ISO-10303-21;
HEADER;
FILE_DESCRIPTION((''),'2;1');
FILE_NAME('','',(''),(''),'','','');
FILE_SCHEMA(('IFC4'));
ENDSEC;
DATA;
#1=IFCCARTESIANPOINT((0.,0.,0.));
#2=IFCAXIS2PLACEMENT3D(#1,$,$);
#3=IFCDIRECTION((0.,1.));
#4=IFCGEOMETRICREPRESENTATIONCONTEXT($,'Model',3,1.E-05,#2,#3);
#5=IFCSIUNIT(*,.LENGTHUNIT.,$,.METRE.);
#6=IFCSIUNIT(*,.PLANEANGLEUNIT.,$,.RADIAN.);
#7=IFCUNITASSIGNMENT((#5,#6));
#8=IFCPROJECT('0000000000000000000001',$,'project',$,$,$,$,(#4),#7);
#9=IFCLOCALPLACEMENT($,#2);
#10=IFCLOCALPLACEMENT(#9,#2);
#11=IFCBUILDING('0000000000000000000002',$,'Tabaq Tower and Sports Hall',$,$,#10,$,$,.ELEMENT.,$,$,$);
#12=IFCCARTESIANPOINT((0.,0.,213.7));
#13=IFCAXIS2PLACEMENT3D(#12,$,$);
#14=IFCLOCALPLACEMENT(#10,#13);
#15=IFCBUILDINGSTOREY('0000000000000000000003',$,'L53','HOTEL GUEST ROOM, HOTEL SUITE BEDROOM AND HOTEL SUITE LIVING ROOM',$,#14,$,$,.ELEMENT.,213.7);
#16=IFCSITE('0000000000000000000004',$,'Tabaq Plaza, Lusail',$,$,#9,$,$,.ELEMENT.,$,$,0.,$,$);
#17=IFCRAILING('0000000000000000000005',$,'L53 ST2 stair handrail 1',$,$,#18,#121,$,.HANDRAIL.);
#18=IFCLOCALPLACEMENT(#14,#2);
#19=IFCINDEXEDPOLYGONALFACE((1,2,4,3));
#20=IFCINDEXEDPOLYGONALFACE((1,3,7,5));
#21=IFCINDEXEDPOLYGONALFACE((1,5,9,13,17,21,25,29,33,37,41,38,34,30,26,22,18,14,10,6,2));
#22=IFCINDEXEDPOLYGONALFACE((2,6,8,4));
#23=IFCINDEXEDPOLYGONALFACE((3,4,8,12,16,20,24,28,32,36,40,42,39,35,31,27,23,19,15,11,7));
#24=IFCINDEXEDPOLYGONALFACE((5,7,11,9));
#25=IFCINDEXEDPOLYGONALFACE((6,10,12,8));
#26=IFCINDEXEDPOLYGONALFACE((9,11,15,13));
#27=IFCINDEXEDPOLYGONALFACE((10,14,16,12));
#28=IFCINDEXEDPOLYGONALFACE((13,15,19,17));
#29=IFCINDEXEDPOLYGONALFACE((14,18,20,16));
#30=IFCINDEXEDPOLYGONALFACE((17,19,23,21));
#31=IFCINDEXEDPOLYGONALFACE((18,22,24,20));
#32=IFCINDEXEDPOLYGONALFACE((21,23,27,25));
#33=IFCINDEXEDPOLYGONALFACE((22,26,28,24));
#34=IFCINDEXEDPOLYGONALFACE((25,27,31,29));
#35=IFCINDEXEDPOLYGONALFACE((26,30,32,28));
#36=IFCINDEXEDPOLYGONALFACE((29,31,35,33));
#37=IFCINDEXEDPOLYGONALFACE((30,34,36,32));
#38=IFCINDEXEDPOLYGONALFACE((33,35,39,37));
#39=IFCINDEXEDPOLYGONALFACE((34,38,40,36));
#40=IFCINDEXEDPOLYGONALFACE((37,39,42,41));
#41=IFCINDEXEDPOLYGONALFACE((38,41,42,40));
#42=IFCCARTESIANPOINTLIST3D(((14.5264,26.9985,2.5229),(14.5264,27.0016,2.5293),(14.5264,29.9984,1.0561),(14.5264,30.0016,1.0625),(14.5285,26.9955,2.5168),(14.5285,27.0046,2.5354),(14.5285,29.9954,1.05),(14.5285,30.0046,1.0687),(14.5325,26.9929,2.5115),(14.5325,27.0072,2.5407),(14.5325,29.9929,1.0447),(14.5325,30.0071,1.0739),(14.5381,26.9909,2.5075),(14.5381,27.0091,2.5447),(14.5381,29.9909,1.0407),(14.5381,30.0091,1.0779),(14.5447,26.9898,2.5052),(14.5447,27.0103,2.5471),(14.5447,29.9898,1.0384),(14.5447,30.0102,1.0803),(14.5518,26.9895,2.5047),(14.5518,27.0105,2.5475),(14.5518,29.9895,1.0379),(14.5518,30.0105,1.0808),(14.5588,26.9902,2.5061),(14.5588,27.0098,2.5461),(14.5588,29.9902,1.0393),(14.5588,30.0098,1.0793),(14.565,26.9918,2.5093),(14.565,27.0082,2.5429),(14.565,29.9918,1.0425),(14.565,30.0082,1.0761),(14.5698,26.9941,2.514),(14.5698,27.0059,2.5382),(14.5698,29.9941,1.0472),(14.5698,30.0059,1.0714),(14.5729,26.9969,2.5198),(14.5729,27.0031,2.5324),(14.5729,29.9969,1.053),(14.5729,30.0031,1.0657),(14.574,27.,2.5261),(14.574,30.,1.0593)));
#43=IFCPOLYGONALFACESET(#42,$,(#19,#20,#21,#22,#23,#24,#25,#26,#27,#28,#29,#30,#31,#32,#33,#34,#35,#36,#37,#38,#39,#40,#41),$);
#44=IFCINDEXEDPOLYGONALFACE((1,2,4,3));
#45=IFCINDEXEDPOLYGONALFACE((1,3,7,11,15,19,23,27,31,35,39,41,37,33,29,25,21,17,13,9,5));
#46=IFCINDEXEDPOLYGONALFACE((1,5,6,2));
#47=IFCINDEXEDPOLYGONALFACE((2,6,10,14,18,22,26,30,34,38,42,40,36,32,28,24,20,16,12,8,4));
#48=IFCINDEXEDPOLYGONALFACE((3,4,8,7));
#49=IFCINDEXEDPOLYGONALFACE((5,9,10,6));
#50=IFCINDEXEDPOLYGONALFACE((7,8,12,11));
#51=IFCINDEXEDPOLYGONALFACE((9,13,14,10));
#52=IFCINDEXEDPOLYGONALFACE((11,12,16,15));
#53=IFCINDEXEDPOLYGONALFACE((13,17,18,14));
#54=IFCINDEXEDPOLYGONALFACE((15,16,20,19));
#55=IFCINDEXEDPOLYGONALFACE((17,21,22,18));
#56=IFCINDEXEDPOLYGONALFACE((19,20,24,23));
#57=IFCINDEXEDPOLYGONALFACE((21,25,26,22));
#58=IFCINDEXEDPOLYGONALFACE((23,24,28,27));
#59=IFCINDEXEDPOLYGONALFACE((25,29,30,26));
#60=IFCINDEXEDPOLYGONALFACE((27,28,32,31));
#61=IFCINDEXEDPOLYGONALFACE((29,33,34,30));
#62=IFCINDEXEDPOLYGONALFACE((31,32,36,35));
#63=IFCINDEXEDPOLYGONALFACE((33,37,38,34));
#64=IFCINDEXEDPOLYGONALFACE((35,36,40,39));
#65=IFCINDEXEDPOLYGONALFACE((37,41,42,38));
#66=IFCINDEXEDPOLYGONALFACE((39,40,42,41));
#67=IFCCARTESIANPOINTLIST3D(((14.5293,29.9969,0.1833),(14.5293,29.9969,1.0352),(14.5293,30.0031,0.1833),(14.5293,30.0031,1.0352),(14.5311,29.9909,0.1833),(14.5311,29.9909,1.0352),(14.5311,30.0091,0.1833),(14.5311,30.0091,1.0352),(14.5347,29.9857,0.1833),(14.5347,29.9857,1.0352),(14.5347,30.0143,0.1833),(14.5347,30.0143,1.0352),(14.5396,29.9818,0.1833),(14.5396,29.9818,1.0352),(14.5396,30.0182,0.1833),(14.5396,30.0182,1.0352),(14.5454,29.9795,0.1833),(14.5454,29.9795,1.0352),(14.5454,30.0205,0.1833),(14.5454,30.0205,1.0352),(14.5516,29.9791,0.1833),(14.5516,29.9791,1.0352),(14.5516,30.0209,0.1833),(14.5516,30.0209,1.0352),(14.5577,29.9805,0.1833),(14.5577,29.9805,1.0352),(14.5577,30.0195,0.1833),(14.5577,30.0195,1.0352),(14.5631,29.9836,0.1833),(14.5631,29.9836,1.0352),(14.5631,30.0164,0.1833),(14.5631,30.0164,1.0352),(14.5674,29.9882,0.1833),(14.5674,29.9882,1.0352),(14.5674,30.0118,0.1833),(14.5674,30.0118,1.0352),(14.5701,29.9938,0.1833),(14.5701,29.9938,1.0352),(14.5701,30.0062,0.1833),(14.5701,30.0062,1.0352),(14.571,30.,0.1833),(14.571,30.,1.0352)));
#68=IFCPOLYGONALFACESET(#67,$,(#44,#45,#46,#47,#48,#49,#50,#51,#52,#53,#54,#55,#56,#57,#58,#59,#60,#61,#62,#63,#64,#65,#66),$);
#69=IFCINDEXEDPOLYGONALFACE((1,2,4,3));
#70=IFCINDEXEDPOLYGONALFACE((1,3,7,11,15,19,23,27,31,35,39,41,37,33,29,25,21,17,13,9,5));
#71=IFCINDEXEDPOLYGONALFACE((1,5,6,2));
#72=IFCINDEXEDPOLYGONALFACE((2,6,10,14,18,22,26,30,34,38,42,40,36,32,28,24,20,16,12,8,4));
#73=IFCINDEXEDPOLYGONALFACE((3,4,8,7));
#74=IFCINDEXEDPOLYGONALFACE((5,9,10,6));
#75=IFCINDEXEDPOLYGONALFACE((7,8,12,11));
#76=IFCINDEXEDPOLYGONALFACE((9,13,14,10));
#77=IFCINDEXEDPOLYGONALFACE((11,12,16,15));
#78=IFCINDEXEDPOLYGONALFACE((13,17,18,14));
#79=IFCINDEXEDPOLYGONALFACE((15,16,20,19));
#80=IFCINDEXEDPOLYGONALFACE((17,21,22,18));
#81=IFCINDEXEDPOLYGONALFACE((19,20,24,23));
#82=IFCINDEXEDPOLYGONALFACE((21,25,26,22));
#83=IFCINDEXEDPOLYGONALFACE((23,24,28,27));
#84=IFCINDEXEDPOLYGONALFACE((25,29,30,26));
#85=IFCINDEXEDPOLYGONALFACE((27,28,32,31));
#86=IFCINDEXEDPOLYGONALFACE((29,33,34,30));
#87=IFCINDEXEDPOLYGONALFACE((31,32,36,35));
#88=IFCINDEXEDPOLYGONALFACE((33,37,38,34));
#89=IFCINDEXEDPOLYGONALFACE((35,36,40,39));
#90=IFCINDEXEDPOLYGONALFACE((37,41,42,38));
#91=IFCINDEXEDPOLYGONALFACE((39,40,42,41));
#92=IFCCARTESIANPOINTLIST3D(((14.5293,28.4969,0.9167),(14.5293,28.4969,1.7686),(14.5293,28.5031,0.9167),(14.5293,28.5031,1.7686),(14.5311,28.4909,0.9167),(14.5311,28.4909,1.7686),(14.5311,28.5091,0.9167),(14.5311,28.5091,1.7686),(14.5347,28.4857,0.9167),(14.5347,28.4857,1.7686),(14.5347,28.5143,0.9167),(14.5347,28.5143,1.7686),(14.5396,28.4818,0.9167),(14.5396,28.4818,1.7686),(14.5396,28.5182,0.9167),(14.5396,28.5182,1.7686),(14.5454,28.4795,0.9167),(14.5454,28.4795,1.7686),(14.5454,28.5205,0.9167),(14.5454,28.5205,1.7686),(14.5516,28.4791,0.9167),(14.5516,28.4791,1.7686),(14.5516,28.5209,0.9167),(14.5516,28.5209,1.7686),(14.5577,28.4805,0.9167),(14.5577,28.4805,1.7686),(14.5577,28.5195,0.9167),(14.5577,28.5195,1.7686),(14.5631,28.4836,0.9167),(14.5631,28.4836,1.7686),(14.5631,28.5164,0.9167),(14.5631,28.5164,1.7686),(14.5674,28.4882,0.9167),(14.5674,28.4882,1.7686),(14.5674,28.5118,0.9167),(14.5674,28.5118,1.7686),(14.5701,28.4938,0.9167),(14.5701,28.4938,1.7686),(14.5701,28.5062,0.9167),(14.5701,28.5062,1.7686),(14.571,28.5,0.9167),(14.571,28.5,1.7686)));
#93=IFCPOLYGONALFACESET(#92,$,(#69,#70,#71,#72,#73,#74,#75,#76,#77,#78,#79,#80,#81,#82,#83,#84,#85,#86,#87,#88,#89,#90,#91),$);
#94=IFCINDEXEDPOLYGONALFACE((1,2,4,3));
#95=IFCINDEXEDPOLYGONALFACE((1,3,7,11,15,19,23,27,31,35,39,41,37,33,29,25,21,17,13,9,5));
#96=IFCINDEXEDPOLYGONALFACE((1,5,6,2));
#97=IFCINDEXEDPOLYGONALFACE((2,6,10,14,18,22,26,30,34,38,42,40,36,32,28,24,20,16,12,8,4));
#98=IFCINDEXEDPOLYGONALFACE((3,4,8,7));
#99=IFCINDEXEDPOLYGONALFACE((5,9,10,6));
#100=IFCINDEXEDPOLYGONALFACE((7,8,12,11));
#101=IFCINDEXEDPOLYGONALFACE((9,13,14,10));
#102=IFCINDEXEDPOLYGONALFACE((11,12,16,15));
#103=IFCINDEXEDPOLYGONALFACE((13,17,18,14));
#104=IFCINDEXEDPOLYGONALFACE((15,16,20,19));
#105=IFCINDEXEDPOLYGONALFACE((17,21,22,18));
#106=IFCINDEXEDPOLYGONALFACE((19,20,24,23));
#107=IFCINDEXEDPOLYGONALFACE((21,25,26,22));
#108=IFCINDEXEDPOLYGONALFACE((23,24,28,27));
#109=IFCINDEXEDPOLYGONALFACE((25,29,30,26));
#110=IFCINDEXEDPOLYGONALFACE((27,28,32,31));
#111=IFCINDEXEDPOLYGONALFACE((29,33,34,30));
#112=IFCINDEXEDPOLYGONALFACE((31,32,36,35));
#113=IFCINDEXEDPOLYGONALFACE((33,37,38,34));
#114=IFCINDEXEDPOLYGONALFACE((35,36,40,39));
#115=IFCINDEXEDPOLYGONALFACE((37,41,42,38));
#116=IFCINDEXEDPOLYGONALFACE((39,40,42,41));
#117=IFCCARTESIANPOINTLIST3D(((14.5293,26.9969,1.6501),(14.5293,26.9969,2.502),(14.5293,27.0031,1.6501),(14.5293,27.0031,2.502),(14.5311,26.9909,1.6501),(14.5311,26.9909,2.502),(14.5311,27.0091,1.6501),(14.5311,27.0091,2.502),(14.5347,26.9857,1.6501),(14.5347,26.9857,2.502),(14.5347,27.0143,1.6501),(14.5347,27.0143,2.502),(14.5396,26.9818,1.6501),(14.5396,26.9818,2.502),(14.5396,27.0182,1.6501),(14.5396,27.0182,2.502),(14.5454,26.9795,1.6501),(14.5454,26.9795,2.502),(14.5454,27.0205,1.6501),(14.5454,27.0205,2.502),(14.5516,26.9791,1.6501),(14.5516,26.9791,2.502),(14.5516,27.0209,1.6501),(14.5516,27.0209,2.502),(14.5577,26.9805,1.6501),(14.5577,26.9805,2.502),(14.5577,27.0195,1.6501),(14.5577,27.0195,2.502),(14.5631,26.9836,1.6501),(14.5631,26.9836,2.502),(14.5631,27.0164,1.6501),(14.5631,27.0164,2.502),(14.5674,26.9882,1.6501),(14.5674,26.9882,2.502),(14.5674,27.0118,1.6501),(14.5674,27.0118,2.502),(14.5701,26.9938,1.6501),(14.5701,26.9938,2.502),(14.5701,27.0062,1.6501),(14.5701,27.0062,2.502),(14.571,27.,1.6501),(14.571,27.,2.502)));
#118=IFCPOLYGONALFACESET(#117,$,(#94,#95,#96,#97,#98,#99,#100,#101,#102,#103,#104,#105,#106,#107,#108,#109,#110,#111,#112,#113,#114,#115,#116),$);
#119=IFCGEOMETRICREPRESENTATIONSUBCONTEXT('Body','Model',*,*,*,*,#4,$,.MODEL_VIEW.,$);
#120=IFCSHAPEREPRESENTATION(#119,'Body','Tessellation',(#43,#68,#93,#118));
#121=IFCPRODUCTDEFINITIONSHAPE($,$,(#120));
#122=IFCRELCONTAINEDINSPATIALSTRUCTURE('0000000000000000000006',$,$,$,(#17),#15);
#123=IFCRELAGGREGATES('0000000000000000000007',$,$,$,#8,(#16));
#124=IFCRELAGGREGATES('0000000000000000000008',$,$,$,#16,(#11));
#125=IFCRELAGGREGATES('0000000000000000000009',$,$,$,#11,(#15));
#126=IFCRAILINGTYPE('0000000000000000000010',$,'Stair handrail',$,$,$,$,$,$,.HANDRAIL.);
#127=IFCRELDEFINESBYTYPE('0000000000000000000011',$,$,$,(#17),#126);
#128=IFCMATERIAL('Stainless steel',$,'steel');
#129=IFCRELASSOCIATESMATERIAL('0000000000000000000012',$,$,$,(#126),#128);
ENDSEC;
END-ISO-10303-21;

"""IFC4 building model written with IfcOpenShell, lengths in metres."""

from ifc_helpers import new_model, si_unit, direction, frame, origin, origin_2d, place, context, subcontext, project, spatial, circle, extrude, material, type_object, element, save


model = new_model("IFC4")

# Units and contexts
model_context = context("Model", 3, precision=1e-05, world=origin(), true_north=direction((0.0, 1.0)))
body_context = subcontext(model_context, "Body", "Model", "MODEL_VIEW")
ifc_project = project(units=[si_unit("LENGTHUNIT", "METRE"), si_unit("PLANEANGLEUNIT", "RADIAN")], contexts=[model_context])

# Site, building, storey
site_placement = place(None, origin())
site = spatial("IfcSite", under=ifc_project, at=site_placement, Name="Tabaq Plaza, Lusail", CompositionType="ELEMENT", RefElevation=0.0)
building_placement = place(site_placement, origin())
building = spatial("IfcBuilding", under=site, at=building_placement, Name="Tabaq Tower and Sports Hall", CompositionType="ELEMENT")
storey_placement = place(building_placement, frame((0.0, 0.0, 213.7)))
storey = spatial("IfcBuildingStorey", under=building, at=storey_placement, Name="L53", Description="HOTEL GUEST ROOM, HOTEL SUITE BEDROOM AND HOTEL SUITE LIVING ROOM", CompositionType="ELEMENT", Elevation=213.7)

# Railing
ifc_material_1 = material(Name="Stainless steel", Category="steel")
railing_type_1 = type_object("IfcRailingType", Name="Stair handrail", PredefinedType="HANDRAIL", material=ifc_material_1)
railing_1_placement = place(storey_placement, frame((14.55, 30.0, 0.1833)))
element("IfcRailing", 1, at=railing_1_placement, inside=storey, type_object=railing_type_1, Name="L53 ST2 stair handrail 1", PredefinedType="HANDRAIL", context=body_context, shape_type="SweptSolid", body=[
    extrude(circle(Radius=0.0239, at=origin_2d()), frame((0.0, 0.0, 0.876), z_axis=(0.0, -0.898369, 0.439242), x_axis=(1.0, 0.0, 0.0)), (0.0, 0.0, 1.0), 3.3394),
    extrude(circle(Radius=0.021, at=origin_2d()), origin(), (0.0, 0.0, 1.0), 0.8518),
    extrude(circle(Radius=0.021, at=origin_2d()), frame((0.0, -1.5, 0.7334)), (0.0, 0.0, 1.0), 0.8518),
    extrude(circle(Radius=0.021, at=origin_2d()), frame((0.0, -3.0, 1.4668)), (0.0, 0.0, 1.0), 0.8518),
])

save(model, "model.ifc")
